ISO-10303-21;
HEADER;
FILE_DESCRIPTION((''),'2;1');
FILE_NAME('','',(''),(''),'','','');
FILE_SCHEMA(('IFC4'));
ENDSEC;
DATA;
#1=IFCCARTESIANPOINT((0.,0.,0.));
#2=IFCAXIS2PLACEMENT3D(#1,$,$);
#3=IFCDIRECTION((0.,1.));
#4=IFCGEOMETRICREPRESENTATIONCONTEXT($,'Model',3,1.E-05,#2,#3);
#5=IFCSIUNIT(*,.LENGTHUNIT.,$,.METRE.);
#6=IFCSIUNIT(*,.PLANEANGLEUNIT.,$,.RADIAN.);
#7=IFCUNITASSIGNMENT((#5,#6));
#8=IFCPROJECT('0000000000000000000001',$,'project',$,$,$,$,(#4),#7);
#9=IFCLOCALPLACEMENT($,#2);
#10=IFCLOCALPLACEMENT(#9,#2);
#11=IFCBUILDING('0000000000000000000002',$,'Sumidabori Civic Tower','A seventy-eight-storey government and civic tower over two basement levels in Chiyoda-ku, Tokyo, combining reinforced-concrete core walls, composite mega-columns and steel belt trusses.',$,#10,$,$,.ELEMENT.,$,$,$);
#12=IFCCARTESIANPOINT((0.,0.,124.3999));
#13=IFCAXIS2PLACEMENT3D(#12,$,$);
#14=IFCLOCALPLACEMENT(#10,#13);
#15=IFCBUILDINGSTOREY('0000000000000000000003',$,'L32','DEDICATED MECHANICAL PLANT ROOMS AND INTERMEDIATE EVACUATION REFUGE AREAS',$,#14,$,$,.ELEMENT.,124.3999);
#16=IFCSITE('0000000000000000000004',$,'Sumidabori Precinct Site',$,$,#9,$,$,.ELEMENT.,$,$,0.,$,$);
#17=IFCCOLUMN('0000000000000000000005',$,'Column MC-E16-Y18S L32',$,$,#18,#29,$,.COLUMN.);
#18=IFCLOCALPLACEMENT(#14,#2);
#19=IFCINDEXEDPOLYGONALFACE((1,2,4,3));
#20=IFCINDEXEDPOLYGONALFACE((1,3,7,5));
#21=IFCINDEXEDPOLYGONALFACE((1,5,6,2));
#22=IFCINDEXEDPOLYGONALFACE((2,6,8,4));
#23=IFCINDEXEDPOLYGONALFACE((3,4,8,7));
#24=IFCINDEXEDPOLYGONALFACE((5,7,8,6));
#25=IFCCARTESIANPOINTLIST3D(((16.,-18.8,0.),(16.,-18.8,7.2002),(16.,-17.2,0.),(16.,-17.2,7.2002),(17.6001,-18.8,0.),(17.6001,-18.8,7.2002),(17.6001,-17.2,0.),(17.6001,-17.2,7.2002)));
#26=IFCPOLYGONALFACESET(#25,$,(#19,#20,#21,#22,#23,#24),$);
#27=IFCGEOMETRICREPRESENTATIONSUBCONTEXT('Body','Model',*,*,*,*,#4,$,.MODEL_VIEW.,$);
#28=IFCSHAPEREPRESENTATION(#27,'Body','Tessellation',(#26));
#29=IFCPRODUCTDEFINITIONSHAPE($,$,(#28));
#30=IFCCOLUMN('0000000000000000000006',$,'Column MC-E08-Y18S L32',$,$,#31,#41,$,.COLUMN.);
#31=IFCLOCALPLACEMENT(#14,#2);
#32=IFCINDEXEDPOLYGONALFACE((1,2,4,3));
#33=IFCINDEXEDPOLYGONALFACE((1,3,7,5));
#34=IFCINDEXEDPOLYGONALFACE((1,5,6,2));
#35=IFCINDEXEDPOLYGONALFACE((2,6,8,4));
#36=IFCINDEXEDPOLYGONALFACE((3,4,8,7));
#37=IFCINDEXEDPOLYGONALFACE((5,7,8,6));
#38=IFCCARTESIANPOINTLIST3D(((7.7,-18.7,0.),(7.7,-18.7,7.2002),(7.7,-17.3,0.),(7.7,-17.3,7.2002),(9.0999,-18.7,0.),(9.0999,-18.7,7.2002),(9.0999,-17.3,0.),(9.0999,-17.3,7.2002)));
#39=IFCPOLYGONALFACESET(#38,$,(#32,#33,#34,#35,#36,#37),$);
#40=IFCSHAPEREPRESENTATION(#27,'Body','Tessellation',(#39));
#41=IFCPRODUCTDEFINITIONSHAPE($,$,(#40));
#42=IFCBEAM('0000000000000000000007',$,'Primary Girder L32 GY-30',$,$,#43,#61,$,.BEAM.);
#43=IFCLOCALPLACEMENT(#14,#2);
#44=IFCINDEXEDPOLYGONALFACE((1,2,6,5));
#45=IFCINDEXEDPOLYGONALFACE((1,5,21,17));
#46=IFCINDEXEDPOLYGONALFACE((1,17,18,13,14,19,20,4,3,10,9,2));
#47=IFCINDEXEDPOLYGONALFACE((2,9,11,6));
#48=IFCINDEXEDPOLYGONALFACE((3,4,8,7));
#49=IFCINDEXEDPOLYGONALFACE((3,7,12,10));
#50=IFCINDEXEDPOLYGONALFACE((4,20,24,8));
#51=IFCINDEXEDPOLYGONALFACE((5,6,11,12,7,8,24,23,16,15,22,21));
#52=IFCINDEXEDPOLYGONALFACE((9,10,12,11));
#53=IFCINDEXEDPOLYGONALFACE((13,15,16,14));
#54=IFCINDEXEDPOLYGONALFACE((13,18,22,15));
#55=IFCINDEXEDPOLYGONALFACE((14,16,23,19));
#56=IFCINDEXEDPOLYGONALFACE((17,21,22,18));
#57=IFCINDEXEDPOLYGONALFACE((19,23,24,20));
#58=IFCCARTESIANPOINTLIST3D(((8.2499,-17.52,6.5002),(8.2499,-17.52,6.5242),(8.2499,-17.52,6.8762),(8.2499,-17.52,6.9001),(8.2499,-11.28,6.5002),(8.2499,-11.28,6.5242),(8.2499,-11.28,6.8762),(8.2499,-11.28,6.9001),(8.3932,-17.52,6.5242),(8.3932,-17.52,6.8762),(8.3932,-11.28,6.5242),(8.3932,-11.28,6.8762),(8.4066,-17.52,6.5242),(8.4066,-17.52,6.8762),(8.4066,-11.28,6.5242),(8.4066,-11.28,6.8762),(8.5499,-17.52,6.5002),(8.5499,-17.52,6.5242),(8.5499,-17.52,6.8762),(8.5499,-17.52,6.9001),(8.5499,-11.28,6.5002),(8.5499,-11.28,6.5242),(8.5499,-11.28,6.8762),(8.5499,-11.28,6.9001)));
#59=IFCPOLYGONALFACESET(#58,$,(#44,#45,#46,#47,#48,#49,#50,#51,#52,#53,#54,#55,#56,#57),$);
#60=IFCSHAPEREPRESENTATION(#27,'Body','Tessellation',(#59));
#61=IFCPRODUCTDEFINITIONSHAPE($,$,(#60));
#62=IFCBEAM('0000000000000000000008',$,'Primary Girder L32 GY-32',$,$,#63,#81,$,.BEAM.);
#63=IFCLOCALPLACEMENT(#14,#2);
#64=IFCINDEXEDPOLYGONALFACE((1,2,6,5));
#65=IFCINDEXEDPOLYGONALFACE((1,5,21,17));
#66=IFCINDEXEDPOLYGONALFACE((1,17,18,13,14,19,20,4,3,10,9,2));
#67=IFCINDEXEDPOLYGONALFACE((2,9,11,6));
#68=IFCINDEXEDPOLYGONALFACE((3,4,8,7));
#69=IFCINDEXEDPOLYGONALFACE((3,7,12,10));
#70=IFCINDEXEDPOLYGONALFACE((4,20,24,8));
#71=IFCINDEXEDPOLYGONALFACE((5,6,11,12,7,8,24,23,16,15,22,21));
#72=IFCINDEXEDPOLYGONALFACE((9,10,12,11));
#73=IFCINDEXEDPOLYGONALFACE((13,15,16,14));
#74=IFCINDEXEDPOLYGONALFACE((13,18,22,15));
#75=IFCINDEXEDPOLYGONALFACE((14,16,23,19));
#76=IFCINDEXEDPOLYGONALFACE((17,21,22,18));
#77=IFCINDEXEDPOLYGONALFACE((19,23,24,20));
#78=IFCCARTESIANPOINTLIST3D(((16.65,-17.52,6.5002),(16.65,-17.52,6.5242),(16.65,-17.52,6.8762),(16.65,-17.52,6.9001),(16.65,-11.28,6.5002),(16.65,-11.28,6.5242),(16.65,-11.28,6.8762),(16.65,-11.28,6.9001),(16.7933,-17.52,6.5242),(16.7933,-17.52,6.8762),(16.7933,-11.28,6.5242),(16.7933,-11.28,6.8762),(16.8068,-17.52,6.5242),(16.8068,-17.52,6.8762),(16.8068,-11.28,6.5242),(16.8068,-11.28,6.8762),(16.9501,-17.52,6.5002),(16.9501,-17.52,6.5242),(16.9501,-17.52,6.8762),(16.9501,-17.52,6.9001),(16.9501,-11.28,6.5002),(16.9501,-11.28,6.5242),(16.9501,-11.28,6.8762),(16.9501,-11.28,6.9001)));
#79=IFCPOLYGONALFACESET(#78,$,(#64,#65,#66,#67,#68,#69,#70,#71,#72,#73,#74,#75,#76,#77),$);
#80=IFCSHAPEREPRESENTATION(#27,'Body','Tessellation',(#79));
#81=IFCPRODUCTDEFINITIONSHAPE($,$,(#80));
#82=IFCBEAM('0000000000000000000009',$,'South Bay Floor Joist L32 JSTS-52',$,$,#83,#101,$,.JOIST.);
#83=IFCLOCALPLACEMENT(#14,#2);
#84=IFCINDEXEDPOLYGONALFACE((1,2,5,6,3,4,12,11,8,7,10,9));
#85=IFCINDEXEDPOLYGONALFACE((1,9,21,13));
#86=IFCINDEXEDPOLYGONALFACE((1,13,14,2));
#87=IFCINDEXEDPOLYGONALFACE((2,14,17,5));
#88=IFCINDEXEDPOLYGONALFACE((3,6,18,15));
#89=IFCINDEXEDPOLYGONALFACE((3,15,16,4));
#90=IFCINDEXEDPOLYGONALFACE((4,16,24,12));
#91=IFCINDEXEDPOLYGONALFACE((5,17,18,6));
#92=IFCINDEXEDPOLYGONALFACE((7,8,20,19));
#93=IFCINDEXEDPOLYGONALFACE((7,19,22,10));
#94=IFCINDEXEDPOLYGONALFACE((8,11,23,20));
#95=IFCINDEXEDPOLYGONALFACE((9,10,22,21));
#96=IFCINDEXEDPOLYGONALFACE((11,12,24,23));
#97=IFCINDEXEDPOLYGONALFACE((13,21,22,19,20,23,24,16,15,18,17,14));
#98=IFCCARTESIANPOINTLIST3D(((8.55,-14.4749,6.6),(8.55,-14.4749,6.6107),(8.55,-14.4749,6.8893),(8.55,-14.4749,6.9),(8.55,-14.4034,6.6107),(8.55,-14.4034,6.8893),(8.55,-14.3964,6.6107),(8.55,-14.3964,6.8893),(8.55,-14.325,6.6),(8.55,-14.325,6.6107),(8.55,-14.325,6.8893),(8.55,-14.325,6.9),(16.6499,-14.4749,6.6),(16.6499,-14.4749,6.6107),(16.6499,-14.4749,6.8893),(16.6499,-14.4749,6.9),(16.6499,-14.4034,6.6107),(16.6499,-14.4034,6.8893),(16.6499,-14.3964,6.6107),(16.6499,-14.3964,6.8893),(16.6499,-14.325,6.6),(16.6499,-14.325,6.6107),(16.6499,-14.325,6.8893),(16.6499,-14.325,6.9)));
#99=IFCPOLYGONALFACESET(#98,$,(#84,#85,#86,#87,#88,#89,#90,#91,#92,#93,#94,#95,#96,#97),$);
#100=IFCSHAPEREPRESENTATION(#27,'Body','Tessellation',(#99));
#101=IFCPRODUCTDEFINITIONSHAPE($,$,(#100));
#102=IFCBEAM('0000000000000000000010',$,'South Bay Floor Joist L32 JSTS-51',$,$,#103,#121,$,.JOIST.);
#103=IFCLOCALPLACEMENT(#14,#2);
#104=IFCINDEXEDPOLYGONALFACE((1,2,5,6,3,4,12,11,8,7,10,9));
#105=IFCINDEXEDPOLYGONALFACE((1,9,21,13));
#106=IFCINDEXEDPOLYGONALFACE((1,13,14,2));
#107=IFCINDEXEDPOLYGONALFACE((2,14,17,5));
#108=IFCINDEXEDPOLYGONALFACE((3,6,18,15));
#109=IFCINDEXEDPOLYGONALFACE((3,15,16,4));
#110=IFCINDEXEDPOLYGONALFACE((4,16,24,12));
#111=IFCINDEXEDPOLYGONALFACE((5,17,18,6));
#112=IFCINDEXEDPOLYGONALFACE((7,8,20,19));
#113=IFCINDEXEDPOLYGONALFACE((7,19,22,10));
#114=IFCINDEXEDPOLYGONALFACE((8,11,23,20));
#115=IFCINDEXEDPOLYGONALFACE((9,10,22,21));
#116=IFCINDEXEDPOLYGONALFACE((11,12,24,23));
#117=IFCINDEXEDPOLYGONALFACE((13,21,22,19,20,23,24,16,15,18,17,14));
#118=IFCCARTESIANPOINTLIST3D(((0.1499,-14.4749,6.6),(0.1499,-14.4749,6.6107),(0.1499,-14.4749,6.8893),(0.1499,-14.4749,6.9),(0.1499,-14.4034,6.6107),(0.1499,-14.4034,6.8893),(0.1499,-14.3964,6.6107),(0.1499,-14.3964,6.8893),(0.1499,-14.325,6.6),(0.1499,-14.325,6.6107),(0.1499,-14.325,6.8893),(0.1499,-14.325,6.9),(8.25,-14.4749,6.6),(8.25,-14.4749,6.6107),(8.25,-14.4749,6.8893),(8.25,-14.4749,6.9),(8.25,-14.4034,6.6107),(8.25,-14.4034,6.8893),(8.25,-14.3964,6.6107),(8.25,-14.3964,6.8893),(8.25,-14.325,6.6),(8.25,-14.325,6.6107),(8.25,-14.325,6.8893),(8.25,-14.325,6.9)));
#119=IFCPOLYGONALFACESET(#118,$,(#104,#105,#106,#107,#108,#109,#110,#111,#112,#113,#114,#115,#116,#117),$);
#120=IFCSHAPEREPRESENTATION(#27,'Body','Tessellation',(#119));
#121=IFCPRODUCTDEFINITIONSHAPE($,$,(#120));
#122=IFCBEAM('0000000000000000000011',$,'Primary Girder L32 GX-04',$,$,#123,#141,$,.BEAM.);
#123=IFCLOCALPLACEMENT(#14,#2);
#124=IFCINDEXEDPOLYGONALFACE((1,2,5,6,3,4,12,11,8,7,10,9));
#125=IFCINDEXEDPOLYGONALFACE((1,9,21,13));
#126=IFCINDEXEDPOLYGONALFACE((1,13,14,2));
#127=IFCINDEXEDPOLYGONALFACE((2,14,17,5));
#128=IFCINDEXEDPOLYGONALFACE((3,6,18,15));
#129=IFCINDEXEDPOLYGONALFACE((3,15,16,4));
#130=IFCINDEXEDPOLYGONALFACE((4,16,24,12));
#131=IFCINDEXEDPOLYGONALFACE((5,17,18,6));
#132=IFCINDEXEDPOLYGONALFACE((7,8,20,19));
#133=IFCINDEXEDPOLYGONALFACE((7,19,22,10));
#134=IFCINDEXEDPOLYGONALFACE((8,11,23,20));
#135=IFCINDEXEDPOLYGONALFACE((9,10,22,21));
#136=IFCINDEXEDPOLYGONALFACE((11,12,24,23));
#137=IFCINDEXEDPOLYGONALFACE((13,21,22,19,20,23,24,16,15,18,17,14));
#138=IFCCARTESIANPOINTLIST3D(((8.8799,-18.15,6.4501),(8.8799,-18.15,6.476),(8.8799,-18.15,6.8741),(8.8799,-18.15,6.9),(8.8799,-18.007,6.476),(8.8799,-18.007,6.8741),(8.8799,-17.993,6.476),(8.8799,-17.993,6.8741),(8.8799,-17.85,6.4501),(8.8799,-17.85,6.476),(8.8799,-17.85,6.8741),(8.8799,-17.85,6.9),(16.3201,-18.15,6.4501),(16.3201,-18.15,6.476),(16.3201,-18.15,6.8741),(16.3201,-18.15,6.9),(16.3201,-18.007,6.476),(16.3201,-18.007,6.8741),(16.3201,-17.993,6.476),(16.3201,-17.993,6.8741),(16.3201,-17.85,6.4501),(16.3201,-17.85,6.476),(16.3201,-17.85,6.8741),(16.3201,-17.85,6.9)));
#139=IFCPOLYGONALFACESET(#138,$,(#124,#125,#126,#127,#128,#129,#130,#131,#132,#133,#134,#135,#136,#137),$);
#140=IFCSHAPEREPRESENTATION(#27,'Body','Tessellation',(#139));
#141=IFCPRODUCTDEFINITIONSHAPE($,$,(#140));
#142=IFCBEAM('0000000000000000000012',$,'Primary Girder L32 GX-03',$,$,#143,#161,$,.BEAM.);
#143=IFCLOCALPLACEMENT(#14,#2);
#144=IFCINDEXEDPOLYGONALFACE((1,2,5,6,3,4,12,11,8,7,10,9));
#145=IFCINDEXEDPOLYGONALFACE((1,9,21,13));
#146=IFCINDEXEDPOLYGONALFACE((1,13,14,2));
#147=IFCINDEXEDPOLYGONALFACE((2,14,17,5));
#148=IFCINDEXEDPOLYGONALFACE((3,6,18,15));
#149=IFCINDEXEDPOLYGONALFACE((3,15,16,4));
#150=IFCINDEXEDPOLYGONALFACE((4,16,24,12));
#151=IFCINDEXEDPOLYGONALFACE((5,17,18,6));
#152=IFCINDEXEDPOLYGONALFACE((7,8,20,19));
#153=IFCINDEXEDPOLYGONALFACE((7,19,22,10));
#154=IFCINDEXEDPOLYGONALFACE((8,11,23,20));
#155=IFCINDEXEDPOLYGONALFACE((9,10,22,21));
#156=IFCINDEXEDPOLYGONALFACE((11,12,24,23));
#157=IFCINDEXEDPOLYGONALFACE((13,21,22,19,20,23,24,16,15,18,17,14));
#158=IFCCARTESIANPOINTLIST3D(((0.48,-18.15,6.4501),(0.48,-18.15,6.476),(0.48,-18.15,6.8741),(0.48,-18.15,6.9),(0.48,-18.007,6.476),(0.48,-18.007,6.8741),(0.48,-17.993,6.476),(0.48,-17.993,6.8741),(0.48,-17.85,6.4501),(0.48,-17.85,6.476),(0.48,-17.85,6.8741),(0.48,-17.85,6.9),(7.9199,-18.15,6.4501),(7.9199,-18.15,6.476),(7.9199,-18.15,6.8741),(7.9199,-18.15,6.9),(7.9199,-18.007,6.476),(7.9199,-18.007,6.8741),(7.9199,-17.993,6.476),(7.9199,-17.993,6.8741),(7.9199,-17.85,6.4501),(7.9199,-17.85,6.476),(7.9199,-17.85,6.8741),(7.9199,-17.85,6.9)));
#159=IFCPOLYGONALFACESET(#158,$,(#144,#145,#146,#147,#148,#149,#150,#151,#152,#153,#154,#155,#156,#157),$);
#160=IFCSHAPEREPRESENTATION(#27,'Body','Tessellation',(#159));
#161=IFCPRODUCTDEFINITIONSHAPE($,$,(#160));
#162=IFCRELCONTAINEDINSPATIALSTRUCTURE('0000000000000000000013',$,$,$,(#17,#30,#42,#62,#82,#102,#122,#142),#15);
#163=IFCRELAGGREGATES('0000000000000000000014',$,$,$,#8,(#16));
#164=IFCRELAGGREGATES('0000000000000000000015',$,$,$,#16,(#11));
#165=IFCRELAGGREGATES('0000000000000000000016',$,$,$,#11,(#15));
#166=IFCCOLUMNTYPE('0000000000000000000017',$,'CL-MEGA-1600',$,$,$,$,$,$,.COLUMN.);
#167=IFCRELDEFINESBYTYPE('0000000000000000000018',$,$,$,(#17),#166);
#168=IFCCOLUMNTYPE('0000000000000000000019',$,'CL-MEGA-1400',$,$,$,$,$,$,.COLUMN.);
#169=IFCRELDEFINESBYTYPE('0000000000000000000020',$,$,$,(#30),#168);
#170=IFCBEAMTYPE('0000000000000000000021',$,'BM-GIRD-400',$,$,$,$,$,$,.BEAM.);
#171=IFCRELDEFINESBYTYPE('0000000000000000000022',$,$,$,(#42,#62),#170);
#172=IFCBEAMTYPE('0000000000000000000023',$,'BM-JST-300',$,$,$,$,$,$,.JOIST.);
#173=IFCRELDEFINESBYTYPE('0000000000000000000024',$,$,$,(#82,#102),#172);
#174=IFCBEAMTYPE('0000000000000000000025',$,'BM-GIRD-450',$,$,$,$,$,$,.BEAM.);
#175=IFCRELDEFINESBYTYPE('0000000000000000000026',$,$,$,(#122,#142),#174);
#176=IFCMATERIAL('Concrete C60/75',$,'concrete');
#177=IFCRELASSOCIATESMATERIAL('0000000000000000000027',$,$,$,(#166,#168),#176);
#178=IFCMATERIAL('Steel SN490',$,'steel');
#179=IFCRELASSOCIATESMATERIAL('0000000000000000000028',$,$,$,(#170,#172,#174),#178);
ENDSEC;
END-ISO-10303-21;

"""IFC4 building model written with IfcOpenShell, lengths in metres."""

from ifc_helpers import new_model, si_unit, direction, frame, origin, origin_2d, place, context, subcontext, project, spatial, rectangle, i_section, extrude, source, transform, mapped, material, material_profile, profile_set, type_object, element, save


model = new_model("IFC4")

# Units and contexts
model_context = context("Model", 3, precision=1e-05, world=origin(), true_north=direction((0.0, 1.0)))
body_context = subcontext(model_context, "Body", "Model", "MODEL_VIEW")
ifc_project = project(units=[si_unit("LENGTHUNIT", "METRE"), si_unit("PLANEANGLEUNIT", "RADIAN")], contexts=[model_context])

# Site, building, storey
site_placement = place(None, origin())
site = spatial("IfcSite", under=ifc_project, at=site_placement, Name="Sumidabori Precinct Site", CompositionType="ELEMENT", RefElevation=0.0)
building_placement = place(site_placement, origin())
building = spatial("IfcBuilding", under=site, at=building_placement, Name="Sumidabori Civic Tower", Description="A seventy-eight-storey government and civic tower over two basement levels in Chiyoda-ku, Tokyo, combining reinforced-concrete core walls, composite mega-columns and steel belt trusses.", CompositionType="ELEMENT")
storey_placement = place(building_placement, frame((0.0, 0.0, 124.3999)))
storey = spatial("IfcBuildingStorey", under=building, at=storey_placement, Name="L32", Description="DEDICATED MECHANICAL PLANT ROOMS AND INTERMEDIATE EVACUATION REFUGE AREAS", CompositionType="ELEMENT", Elevation=124.3999)

# Columns
ifc_material_1 = material(Name="Concrete C60/75", Category="concrete")
ifc_material_profile_1 = material_profile(ifc_material_1, rectangle(XDim=1.6001, YDim=1.6001, at=origin_2d()), Name="RC 1600x1600")
ifc_profile_set_1 = profile_set([ifc_material_profile_1], Name="Concrete C60/75")
column_type_1 = type_object("IfcColumnType", Name="CL-MEGA-1600", PredefinedType="COLUMN", material=ifc_profile_set_1)
shared_shape_1 = source(origin(), body_context, "Body", "SweptSolid", [
    extrude(rectangle(XDim=1.6001, YDim=1.6001, at=origin_2d()), origin(), (0.0, 0.0, 1.0), 7.2002),
])
column_1_placement = place(storey_placement, frame((16.8, -18.0, 0.0), z_axis=(0.0, 0.0, 1.0), x_axis=(1.0, 0.0, 0.0)))
element("IfcColumn", 1, at=column_1_placement, inside=storey, type_object=column_type_1, Name="Column MC-E16-Y18S L32", PredefinedType="COLUMN", context=body_context, shape_type="MappedRepresentation", body=[
    mapped(shared_shape_1, transform((0.0, 0.0, 0.0), x_axis=(1.0, 0.0, 0.0), y_axis=(0.0, 1.0, 0.0), z_axis=(0.0, 0.0, 1.0), scale=1.0)),
])
ifc_material_profile_2 = material_profile(ifc_material_1, rectangle(XDim=1.3999, YDim=1.3999, at=origin_2d()), Name="RC 1400x1400")
ifc_profile_set_2 = profile_set([ifc_material_profile_2], Name="Concrete C60/75")
column_type_2 = type_object("IfcColumnType", Name="CL-MEGA-1400", PredefinedType="COLUMN", material=ifc_profile_set_2)
shared_shape_2 = source(origin(), body_context, "Body", "SweptSolid", [
    extrude(rectangle(XDim=1.3999, YDim=1.3999, at=origin_2d()), origin(), (0.0, 0.0, 1.0), 7.2002),
])
column_2_placement = place(storey_placement, frame((8.3999, -18.0, 0.0), z_axis=(0.0, 0.0, 1.0), x_axis=(1.0, 0.0, 0.0)))
element("IfcColumn", 2, at=column_2_placement, inside=storey, type_object=column_type_2, Name="Column MC-E08-Y18S L32", PredefinedType="COLUMN", context=body_context, shape_type="MappedRepresentation", body=[
    mapped(shared_shape_2, transform((0.0, 0.0, 0.0), x_axis=(1.0, 0.0, 0.0), y_axis=(0.0, 1.0, 0.0), z_axis=(0.0, 0.0, 1.0), scale=1.0)),
])

# Beams
ifc_material_2 = material(Name="Steel SN490", Category="steel")
ifc_material_profile_3 = material_profile(ifc_material_2, i_section(OverallWidth=0.3, OverallDepth=0.3999, WebThickness=0.0134, FlangeThickness=0.0239, at=origin_2d()), Name="HE 400 B")
ifc_profile_set_3 = profile_set([ifc_material_profile_3], Name="Steel SN490")
beam_type_1 = type_object("IfcBeamType", Name="BM-GIRD-400", PredefinedType="BEAM", material=ifc_profile_set_3)
shared_shape_3 = source(origin(), body_context, "Body", "SweptSolid", [
    extrude(i_section(OverallWidth=0.3, OverallDepth=0.3999, WebThickness=0.0134, FlangeThickness=0.0239, at=origin_2d()), origin(), (0.0, 0.0, 1.0), 6.24),
])
for number, where, z_axis, x_axis, name in (
    (3, (8.3999, -17.52, 6.7002), (0.0, 1.0, 0.0), (-1.0, 0.0, 0.0), "Primary Girder L32 GY-30"),
    (4, (16.8, -17.52, 6.7002), (0.0, 1.0, 0.0), (-1.0, 0.0, 0.0), "Primary Girder L32 GY-32"),
):
    element("IfcBeam", number, at=place(storey_placement, frame(where, z_axis=z_axis, x_axis=x_axis)), inside=storey, type_object=beam_type_1, Name=name, PredefinedType="BEAM", context=body_context, shape_type="MappedRepresentation", body=[
        mapped(shared_shape_3, transform((0.0, 0.0, 0.0), x_axis=(1.0, 0.0, 0.0), y_axis=(0.0, 1.0, 0.0), z_axis=(0.0, 0.0, 1.0), scale=1.0)),
    ])
ifc_material_profile_4 = material_profile(ifc_material_2, i_section(OverallWidth=0.1499, OverallDepth=0.3, WebThickness=0.0071, FlangeThickness=0.0107, at=origin_2d()), Name="IPE 300")
ifc_profile_set_4 = profile_set([ifc_material_profile_4], Name="Steel SN490")
beam_type_2 = type_object("IfcBeamType", Name="BM-JST-300", PredefinedType="JOIST", material=ifc_profile_set_4)
shared_shape_4 = source(origin(), body_context, "Body", "SweptSolid", [
    extrude(i_section(OverallWidth=0.1499, OverallDepth=0.3, WebThickness=0.0071, FlangeThickness=0.0107, at=origin_2d()), origin(), (0.0, 0.0, 1.0), 8.0999),
])
beam_1_placement = place(storey_placement, frame((8.55, -14.3999, 6.75), z_axis=(1.0, 0.0, 0.0), x_axis=(0.0, 1.0, 0.0)))
element("IfcBeam", 5, at=beam_1_placement, inside=storey, type_object=beam_type_2, Name="South Bay Floor Joist L32 JSTS-52", PredefinedType="JOIST", context=body_context, shape_type="MappedRepresentation", body=[
    mapped(shared_shape_4, transform((0.0, 0.0, 0.0), x_axis=(1.0, 0.0, 0.0), y_axis=(0.0, 1.0, 0.0), z_axis=(0.0, 0.0, 1.0), scale=1.0)),
])
shared_shape_5 = source(origin(), body_context, "Body", "SweptSolid", [
    extrude(i_section(OverallWidth=0.1499, OverallDepth=0.3, WebThickness=0.0071, FlangeThickness=0.0107, at=origin_2d()), origin(), (0.0, 0.0, 1.0), 8.1001),
])
beam_2_placement = place(storey_placement, frame((0.1499, -14.3999, 6.75), z_axis=(1.0, 0.0, 0.0), x_axis=(0.0, 1.0, 0.0)))
element("IfcBeam", 6, at=beam_2_placement, inside=storey, type_object=beam_type_2, Name="South Bay Floor Joist L32 JSTS-51", PredefinedType="JOIST", context=body_context, shape_type="MappedRepresentation", body=[
    mapped(shared_shape_5, transform((0.0, 0.0, 0.0), x_axis=(1.0, 0.0, 0.0), y_axis=(0.0, 1.0, 0.0), z_axis=(0.0, 0.0, 1.0), scale=1.0)),
])
ifc_material_profile_5 = material_profile(ifc_material_2, i_section(OverallWidth=0.3, OverallDepth=0.45, WebThickness=0.0139, FlangeThickness=0.0259, at=origin_2d()), Name="HE 450 B")
ifc_profile_set_5 = profile_set([ifc_material_profile_5], Name="Steel SN490")
beam_type_3 = type_object("IfcBeamType", Name="BM-GIRD-450", PredefinedType="BEAM", material=ifc_profile_set_5)
shared_shape_6 = source(origin(), body_context, "Body", "SweptSolid", [
    extrude(i_section(OverallWidth=0.3, OverallDepth=0.45, WebThickness=0.0139, FlangeThickness=0.0259, at=origin_2d()), origin(), (0.0, 0.0, 1.0), 7.4402),
])
beam_3_placement = place(storey_placement, frame((8.8799, -18.0, 6.675), z_axis=(1.0, 0.0, 0.0), x_axis=(0.0, 1.0, 0.0)))
element("IfcBeam", 7, at=beam_3_placement, inside=storey, type_object=beam_type_3, Name="Primary Girder L32 GX-04", PredefinedType="BEAM", context=body_context, shape_type="MappedRepresentation", body=[
    mapped(shared_shape_6, transform((0.0, 0.0, 0.0), x_axis=(1.0, 0.0, 0.0), y_axis=(0.0, 1.0, 0.0), z_axis=(0.0, 0.0, 1.0), scale=1.0)),
])
shared_shape_7 = source(origin(), body_context, "Body", "SweptSolid", [
    extrude(i_section(OverallWidth=0.3, OverallDepth=0.45, WebThickness=0.0139, FlangeThickness=0.0259, at=origin_2d()), origin(), (0.0, 0.0, 1.0), 7.4399),
])
beam_4_placement = place(storey_placement, frame((0.48, -18.0, 6.675), z_axis=(1.0, 0.0, 0.0), x_axis=(0.0, 1.0, 0.0)))
element("IfcBeam", 8, at=beam_4_placement, inside=storey, type_object=beam_type_3, Name="Primary Girder L32 GX-03", PredefinedType="BEAM", context=body_context, shape_type="MappedRepresentation", body=[
    mapped(shared_shape_7, transform((0.0, 0.0, 0.0), x_axis=(1.0, 0.0, 0.0), y_axis=(0.0, 1.0, 0.0), z_axis=(0.0, 0.0, 1.0), scale=1.0)),
])

save(model, "model.ifc")
